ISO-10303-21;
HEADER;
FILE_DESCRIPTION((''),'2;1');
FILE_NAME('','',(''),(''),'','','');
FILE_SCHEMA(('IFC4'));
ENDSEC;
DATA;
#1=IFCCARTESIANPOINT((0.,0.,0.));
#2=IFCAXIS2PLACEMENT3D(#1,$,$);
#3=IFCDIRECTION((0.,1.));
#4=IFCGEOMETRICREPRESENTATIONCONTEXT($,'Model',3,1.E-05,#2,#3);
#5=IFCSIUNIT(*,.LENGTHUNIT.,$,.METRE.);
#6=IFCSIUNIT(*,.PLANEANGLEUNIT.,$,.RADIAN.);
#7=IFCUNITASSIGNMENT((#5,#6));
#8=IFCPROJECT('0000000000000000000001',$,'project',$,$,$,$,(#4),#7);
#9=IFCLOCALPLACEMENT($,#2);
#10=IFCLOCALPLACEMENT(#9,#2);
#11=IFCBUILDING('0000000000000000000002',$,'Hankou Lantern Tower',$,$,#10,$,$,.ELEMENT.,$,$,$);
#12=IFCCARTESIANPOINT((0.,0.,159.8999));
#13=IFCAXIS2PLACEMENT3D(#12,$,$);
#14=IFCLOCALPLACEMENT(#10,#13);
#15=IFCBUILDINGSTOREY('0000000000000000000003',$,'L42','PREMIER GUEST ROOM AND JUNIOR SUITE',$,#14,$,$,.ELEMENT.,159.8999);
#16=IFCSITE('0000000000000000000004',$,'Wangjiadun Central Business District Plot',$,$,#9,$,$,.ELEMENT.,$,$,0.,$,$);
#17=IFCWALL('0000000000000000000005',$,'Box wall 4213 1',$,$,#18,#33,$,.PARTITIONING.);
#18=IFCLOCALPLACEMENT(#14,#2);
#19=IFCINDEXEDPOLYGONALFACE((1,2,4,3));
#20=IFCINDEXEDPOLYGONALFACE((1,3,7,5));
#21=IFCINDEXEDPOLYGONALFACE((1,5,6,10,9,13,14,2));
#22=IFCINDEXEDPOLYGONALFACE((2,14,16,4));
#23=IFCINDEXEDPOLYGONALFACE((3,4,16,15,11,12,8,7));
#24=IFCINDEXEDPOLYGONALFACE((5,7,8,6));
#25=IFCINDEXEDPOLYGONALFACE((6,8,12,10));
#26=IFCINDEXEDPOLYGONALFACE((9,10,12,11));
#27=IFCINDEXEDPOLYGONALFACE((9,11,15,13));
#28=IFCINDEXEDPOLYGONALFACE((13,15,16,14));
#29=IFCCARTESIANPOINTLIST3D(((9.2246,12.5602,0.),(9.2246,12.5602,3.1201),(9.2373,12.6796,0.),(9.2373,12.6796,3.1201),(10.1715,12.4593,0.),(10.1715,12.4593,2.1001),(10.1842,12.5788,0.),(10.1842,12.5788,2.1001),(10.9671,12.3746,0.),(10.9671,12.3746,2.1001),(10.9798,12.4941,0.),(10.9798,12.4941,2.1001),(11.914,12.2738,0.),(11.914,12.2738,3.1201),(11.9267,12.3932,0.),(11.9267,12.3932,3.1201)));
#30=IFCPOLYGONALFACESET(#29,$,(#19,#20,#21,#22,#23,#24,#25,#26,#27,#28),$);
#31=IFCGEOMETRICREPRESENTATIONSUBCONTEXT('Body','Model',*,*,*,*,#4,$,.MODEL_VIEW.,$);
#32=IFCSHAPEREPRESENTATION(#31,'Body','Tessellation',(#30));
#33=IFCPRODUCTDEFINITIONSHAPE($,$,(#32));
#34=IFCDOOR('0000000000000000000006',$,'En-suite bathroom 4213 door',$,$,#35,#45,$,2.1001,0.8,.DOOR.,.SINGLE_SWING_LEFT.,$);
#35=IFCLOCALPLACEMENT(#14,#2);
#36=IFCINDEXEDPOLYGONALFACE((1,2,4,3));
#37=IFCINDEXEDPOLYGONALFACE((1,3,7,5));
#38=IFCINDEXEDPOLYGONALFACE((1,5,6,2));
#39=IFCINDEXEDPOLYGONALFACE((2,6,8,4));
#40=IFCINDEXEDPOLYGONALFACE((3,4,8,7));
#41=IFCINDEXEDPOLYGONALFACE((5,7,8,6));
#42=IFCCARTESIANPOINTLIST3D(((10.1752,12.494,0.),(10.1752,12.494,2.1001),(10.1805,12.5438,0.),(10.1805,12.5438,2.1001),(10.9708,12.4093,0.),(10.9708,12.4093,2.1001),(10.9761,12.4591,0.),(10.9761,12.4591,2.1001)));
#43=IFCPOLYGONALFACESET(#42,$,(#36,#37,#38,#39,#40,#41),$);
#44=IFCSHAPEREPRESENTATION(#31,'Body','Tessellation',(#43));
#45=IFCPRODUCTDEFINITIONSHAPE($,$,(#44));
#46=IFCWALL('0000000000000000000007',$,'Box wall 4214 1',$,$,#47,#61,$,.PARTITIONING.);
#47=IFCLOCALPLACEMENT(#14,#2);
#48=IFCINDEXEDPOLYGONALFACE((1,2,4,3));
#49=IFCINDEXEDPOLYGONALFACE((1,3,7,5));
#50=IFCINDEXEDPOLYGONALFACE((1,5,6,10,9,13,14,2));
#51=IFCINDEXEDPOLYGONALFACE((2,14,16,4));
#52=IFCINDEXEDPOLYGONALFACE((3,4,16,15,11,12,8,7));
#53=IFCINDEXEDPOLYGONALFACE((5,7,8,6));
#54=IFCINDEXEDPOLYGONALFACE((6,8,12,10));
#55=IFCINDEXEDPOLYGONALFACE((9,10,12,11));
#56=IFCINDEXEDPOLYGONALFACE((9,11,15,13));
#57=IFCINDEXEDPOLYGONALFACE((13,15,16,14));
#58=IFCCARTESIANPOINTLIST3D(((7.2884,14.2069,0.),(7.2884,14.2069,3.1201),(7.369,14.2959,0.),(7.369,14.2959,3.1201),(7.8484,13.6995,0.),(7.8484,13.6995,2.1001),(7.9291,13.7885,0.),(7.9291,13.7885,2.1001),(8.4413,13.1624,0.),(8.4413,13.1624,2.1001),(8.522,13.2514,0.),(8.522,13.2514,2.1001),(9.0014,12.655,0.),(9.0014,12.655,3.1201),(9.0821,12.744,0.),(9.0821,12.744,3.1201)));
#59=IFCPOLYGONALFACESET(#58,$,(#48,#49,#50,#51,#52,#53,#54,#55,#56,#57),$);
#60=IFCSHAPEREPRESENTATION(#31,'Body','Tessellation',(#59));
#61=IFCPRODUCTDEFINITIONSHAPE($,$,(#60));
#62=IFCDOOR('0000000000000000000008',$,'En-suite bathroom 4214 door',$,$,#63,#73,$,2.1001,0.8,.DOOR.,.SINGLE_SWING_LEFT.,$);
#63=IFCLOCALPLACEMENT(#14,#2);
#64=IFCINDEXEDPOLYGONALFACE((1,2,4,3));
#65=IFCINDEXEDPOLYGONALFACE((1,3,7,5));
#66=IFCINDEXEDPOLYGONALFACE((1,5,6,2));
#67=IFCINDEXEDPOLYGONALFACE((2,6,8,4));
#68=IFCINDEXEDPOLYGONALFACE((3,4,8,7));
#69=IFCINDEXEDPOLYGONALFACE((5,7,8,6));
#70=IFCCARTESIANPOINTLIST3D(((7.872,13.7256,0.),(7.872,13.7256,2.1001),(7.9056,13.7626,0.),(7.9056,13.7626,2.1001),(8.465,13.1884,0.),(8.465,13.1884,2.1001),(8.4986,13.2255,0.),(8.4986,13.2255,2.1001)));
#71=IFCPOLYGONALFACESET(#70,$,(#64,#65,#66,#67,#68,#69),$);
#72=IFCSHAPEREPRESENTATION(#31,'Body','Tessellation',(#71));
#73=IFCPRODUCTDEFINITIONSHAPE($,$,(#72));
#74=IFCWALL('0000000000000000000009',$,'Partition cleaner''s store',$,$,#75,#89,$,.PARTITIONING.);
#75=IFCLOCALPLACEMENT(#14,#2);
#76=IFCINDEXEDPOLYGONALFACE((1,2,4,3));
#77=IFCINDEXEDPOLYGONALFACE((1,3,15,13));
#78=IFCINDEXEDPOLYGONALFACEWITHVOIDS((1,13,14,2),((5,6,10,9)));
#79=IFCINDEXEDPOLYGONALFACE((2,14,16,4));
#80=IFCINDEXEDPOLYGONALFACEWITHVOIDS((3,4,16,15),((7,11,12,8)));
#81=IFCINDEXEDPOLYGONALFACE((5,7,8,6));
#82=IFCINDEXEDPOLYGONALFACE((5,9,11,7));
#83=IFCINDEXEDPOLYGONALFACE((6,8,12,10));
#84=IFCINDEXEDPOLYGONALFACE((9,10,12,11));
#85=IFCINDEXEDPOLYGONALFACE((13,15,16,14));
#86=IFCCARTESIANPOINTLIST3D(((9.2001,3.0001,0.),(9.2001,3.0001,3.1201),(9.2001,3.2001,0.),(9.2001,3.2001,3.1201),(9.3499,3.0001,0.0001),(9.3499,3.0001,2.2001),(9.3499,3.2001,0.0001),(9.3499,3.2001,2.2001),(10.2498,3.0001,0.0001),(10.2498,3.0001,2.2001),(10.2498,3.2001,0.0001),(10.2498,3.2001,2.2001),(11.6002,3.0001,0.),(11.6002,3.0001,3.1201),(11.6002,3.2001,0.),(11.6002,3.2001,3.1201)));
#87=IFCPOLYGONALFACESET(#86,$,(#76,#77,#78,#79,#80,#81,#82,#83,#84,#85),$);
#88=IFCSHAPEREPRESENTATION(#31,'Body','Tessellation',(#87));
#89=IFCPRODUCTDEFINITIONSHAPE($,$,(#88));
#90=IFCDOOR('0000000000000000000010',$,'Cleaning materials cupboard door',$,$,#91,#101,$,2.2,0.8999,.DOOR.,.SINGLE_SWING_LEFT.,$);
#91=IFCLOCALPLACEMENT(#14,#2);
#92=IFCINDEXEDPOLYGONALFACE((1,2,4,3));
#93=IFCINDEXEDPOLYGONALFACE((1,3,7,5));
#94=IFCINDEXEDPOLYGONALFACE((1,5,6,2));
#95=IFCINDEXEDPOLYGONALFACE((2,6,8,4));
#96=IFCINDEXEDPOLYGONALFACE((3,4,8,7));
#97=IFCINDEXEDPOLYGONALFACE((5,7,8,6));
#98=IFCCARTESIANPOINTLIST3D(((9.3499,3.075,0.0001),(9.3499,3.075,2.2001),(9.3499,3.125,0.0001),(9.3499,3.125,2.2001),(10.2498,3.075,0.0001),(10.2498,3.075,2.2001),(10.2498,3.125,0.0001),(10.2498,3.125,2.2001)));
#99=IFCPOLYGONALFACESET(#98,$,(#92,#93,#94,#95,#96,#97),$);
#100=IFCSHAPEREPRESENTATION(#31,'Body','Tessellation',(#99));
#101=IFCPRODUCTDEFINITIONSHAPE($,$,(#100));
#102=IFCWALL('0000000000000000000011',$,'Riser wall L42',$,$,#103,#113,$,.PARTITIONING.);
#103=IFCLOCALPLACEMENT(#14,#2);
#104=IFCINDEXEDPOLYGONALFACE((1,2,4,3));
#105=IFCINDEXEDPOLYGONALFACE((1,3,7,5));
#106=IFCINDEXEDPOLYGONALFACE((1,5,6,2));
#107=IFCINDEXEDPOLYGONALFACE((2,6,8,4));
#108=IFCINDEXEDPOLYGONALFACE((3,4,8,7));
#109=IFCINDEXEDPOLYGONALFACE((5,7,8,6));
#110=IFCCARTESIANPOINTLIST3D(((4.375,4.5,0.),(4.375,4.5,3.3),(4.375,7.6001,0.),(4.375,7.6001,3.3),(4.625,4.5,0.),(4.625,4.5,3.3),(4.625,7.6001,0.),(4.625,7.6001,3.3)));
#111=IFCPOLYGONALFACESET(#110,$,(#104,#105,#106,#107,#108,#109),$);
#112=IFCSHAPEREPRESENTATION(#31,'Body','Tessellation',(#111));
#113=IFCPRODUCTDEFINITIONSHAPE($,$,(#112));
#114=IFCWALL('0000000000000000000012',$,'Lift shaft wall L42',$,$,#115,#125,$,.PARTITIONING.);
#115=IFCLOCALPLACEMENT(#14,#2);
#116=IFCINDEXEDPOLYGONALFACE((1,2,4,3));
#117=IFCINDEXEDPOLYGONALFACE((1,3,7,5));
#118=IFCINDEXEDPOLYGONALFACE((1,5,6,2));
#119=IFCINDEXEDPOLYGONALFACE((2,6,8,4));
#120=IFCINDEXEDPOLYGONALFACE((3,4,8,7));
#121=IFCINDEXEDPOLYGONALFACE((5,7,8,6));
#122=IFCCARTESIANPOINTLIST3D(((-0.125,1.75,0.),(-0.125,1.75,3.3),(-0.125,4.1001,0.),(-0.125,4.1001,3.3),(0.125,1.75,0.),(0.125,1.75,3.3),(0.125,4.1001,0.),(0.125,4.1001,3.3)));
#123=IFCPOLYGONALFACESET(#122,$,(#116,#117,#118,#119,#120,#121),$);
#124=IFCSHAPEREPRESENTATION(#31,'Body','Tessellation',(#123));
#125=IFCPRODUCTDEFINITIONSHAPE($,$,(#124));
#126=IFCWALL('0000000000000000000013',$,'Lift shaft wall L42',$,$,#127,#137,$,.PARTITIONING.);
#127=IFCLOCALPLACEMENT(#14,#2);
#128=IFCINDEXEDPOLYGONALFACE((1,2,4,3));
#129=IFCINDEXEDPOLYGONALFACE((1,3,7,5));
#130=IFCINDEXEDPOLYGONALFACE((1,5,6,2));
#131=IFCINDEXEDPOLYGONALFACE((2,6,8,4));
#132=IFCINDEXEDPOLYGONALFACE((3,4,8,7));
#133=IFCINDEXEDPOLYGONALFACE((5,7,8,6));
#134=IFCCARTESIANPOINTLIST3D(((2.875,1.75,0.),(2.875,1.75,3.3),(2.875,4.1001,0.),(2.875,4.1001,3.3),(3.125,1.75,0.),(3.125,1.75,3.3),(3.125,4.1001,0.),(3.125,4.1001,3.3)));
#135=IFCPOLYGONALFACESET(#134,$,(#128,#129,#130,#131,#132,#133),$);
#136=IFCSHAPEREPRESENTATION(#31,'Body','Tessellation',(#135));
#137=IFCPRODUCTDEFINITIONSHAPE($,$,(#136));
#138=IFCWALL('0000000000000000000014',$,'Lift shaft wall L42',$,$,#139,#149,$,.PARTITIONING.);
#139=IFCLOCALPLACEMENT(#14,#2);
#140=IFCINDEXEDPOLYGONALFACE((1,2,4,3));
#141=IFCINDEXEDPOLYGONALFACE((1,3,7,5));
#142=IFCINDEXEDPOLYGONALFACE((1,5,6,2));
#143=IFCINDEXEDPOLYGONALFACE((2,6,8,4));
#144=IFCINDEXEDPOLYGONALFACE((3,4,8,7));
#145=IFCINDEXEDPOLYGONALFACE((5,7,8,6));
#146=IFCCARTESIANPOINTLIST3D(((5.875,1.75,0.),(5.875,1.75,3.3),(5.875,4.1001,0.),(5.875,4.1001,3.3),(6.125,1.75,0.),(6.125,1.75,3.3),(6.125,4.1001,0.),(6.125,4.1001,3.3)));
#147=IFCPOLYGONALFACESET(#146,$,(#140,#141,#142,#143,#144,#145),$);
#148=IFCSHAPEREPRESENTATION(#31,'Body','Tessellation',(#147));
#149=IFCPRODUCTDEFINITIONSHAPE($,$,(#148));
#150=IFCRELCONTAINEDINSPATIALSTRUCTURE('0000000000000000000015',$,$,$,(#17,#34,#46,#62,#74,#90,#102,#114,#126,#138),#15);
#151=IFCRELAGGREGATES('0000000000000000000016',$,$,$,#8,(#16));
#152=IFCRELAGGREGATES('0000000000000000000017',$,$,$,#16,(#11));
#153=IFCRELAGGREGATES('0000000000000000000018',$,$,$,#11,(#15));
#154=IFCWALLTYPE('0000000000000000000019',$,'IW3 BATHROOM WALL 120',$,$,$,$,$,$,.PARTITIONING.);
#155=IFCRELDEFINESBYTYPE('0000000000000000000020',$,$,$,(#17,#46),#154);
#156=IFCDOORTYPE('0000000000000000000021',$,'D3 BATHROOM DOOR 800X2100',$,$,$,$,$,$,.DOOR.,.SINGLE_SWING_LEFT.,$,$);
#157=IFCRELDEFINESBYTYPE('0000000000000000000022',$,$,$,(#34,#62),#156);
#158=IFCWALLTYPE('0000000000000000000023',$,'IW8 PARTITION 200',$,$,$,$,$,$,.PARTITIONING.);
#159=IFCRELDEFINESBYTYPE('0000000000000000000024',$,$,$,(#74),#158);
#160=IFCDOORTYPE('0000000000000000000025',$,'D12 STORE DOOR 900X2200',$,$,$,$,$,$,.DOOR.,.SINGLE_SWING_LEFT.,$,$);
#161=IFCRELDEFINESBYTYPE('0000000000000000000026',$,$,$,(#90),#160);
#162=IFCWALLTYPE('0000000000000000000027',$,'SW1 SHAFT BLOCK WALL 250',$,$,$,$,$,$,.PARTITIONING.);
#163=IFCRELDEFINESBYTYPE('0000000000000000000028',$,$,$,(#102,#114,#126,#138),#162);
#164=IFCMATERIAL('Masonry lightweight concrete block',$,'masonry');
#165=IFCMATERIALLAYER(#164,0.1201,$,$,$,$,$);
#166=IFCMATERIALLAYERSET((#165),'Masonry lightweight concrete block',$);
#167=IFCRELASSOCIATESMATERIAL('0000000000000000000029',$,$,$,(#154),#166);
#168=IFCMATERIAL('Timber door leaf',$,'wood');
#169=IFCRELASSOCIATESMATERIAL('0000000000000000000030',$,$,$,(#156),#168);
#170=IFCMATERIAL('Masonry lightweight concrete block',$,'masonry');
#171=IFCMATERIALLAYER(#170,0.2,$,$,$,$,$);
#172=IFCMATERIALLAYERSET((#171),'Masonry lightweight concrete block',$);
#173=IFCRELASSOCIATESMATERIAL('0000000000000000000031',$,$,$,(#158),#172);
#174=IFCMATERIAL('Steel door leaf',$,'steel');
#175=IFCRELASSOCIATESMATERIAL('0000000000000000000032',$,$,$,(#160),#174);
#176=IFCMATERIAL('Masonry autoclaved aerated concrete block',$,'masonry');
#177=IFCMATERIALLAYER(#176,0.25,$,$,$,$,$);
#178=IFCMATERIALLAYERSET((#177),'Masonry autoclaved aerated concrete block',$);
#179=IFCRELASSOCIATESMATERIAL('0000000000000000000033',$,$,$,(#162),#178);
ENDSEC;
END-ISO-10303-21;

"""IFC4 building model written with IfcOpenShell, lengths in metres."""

from ifc_helpers import new_model, si_unit, direction, frame, frame_2d, origin, place, context, subcontext, project, spatial, rectangle, extrude, material, layer, layer_set, type_object, element, fill, save


model = new_model("IFC4")

# Units and contexts
model_context = context("Model", 3, precision=1e-05, world=origin(), true_north=direction((0.0, 1.0)))
body_context = subcontext(model_context, "Body", "Model", "MODEL_VIEW")
ifc_project = project(units=[si_unit("LENGTHUNIT", "METRE"), si_unit("PLANEANGLEUNIT", "RADIAN")], contexts=[model_context])

# Site, building, storey
site_placement = place(None, origin())
site = spatial("IfcSite", under=ifc_project, at=site_placement, Name="Wangjiadun Central Business District Plot", CompositionType="ELEMENT", RefElevation=0.0)
building_placement = place(site_placement, origin())
building = spatial("IfcBuilding", under=site, at=building_placement, Name="Hankou Lantern Tower", CompositionType="ELEMENT")
storey_placement = place(building_placement, frame((0.0, 0.0, 159.8999)))
storey = spatial("IfcBuildingStorey", under=building, at=storey_placement, Name="L42", Description="PREMIER GUEST ROOM AND JUNIOR SUITE", CompositionType="ELEMENT", Elevation=159.8999)

# Walls, openings, doors
ifc_material_1 = material(Name="Masonry lightweight concrete block", Category="masonry")
ifc_layer_1 = layer(ifc_material_1, 0.1201)
ifc_layer_set_1 = layer_set([ifc_layer_1], Name="Masonry lightweight concrete block")
wall_type_1 = type_object("IfcWallType", Name="IW3 BATHROOM WALL 120", PredefinedType="PARTITIONING", material=ifc_layer_set_1)
wall_1_placement = place(storey_placement, frame((9.231, 12.6199, 0.0), z_axis=(0.0, 0.0, 1.0), x_axis=(0.994379, -0.105883, 0.0)))
wall_1 = element("IfcWall", 1, at=wall_1_placement, inside=storey, type_object=wall_type_1, Name="Box wall 4213 1", PredefinedType="PARTITIONING", context=body_context, shape_type="SweptSolid", body=[
    extrude(rectangle(XDim=2.7046, YDim=0.1201, at=frame_2d((1.3523, 0.0))), origin(), (0.0, 0.0, 1.0), 3.1201),
])
opening_1_placement = place(wall_1_placement, frame((0.9524, 0.0, 0.0)))
opening_1 = element("IfcOpeningElement", 2, at=opening_1_placement, cuts=wall_1, PredefinedType="OPENING", context=body_context, shape_type="SweptSolid", body=[
    extrude(rectangle(XDim=0.8, YDim=2.1001, at=frame_2d((0.3999, 1.05))), frame((0.0, 0.0701, 0.0), z_axis=(0.0, -1.0, 0.0), x_axis=(1.0, 0.0, 0.0)), (0.0, 0.0, 1.0), 0.1401),
])
ifc_material_2 = material(Name="Timber door leaf", Category="wood")
door_type_1 = type_object("IfcDoorType", Name="D3 BATHROOM DOOR 800X2100", OperationType="SINGLE_SWING_LEFT", PredefinedType="DOOR", material=ifc_material_2)
door_1_placement = place(opening_1_placement, origin())
door_1 = element("IfcDoor", 3, at=door_1_placement, inside=storey, type_object=door_type_1, Name="En-suite bathroom 4213 door", OperationType="SINGLE_SWING_LEFT", OverallHeight=2.1001, OverallWidth=0.8, PredefinedType="DOOR", context=body_context, shape_type="SweptSolid", body=[
    extrude(rectangle(XDim=0.8, YDim=2.1001, at=frame_2d((0.3999, 1.05))), frame((0.0, 0.0249, 0.0), z_axis=(0.0, -1.0, 0.0), x_axis=(1.0, 0.0, 0.0)), (0.0, 0.0, 1.0), 0.05),
])
fill(opening_1, door_1)
wall_2_placement = place(storey_placement, frame((9.0417, 12.6995, 0.0), z_axis=(0.0, 0.0, 1.0), x_axis=(-0.7411, 0.671394, 0.0)))
wall_2 = element("IfcWall", 4, at=wall_2_placement, inside=storey, type_object=wall_type_1, Name="Box wall 4214 1", PredefinedType="PARTITIONING", context=body_context, shape_type="SweptSolid", body=[
    extrude(rectangle(XDim=2.3115, YDim=0.1201, at=frame_2d((1.1558, 0.0))), origin(), (0.0, 0.0, 1.0), 3.1201),
])
opening_2_placement = place(wall_2_placement, frame((0.7559, 0.0, 0.0)))
opening_2 = element("IfcOpeningElement", 5, at=opening_2_placement, cuts=wall_2, PredefinedType="OPENING", context=body_context, shape_type="SweptSolid", body=[
    extrude(rectangle(XDim=0.8, YDim=2.1001, at=frame_2d((0.3999, 1.05))), frame((0.0, 0.0701, 0.0), z_axis=(0.0, -1.0, 0.0), x_axis=(1.0, 0.0, 0.0)), (0.0, 0.0, 1.0), 0.1401),
])
door_2_placement = place(opening_2_placement, origin())
door_2 = element("IfcDoor", 6, at=door_2_placement, inside=storey, type_object=door_type_1, Name="En-suite bathroom 4214 door", OperationType="SINGLE_SWING_LEFT", OverallHeight=2.1001, OverallWidth=0.8, PredefinedType="DOOR", context=body_context, shape_type="SweptSolid", body=[
    extrude(rectangle(XDim=0.8, YDim=2.1001, at=frame_2d((0.3999, 1.05))), frame((0.0, 0.0249, 0.0), z_axis=(0.0, -1.0, 0.0), x_axis=(1.0, 0.0, 0.0)), (0.0, 0.0, 1.0), 0.05),
])
fill(opening_2, door_2)
ifc_material_3 = material(Name="Masonry lightweight concrete block", Category="masonry")
ifc_layer_2 = layer(ifc_material_3, 0.2)
ifc_layer_set_2 = layer_set([ifc_layer_2], Name="Masonry lightweight concrete block")
wall_type_2 = type_object("IfcWallType", Name="IW8 PARTITION 200", PredefinedType="PARTITIONING", material=ifc_layer_set_2)
wall_3_placement = place(storey_placement, frame((9.2, 3.1001, 0.0), z_axis=(0.0, 0.0, 1.0), x_axis=(1.0, 0.0, 0.0)))
wall_3 = element("IfcWall", 7, at=wall_3_placement, inside=storey, type_object=wall_type_2, Name="Partition cleaner's store", PredefinedType="PARTITIONING", context=body_context, shape_type="SweptSolid", body=[
    extrude(rectangle(XDim=2.4001, YDim=0.2, at=frame_2d((1.2002, 0.0))), origin(), (0.0, 0.0, 1.0), 3.1201),
])
opening_3_placement = place(wall_3_placement, frame((0.1499, 0.0, 0.0)))
opening_3 = element("IfcOpeningElement", 8, at=opening_3_placement, cuts=wall_3, PredefinedType="OPENING", context=body_context, shape_type="SweptSolid", body=[
    extrude(rectangle(XDim=0.8999, YDim=2.2, at=frame_2d((0.45, 1.1001))), frame((0.0, 0.1099, 0.0), z_axis=(0.0, -1.0, 0.0), x_axis=(1.0, 0.0, 0.0)), (0.0, 0.0, 1.0), 0.22),
])
ifc_material_4 = material(Name="Steel door leaf", Category="steel")
door_type_2 = type_object("IfcDoorType", Name="D12 STORE DOOR 900X2200", OperationType="SINGLE_SWING_LEFT", PredefinedType="DOOR", material=ifc_material_4)
door_3_placement = place(opening_3_placement, origin())
door_3 = element("IfcDoor", 9, at=door_3_placement, inside=storey, type_object=door_type_2, Name="Cleaning materials cupboard door", OperationType="SINGLE_SWING_LEFT", OverallHeight=2.2, OverallWidth=0.8999, PredefinedType="DOOR", context=body_context, shape_type="SweptSolid", body=[
    extrude(rectangle(XDim=0.8999, YDim=2.2, at=frame_2d((0.45, 1.1001))), frame((0.0, 0.0249, 0.0), z_axis=(0.0, -1.0, 0.0), x_axis=(1.0, 0.0, 0.0)), (0.0, 0.0, 1.0), 0.05),
])
fill(opening_3, door_3)

# Walls
ifc_material_5 = material(Name="Masonry autoclaved aerated concrete block", Category="masonry")
ifc_layer_3 = layer(ifc_material_5, 0.25)
ifc_layer_set_3 = layer_set([ifc_layer_3], Name="Masonry autoclaved aerated concrete block")
wall_type_3 = type_object("IfcWallType", Name="SW1 SHAFT BLOCK WALL 250", PredefinedType="PARTITIONING", material=ifc_layer_set_3)
wall_4_placement = place(storey_placement, frame((4.5, 4.5, 0.0), z_axis=(0.0, 0.0, 1.0), x_axis=(0.0, 1.0, 0.0)))
element("IfcWall", 10, at=wall_4_placement, inside=storey, type_object=wall_type_3, Name="Riser wall L42", PredefinedType="PARTITIONING", context=body_context, shape_type="SweptSolid", body=[
    extrude(rectangle(XDim=3.1001, YDim=0.25, at=frame_2d((1.55, 0.0))), origin(), (0.0, 0.0, 1.0), 3.3),
])
for number, where, z_axis, x_axis, name in (
    (11, (0.0, 1.75, 0.0), (0.0, 0.0, 1.0), (0.0, 1.0, 0.0), "Lift shaft wall L42"),
    (12, (3.0, 1.75, 0.0), (0.0, 0.0, 1.0), (0.0, 1.0, 0.0), "Lift shaft wall L42"),
    (13, (6.0, 1.75, 0.0), (0.0, 0.0, 1.0), (0.0, 1.0, 0.0), "Lift shaft wall L42"),
):
    element("IfcWall", number, at=place(storey_placement, frame(where, z_axis=z_axis, x_axis=x_axis)), inside=storey, type_object=wall_type_3, Name=name, PredefinedType="PARTITIONING", context=body_context, shape_type="SweptSolid", body=[
        extrude(rectangle(XDim=2.3501, YDim=0.25, at=frame_2d((1.175, 0.0))), origin(), (0.0, 0.0, 1.0), 3.3),
    ])

save(model, "model.ifc")
